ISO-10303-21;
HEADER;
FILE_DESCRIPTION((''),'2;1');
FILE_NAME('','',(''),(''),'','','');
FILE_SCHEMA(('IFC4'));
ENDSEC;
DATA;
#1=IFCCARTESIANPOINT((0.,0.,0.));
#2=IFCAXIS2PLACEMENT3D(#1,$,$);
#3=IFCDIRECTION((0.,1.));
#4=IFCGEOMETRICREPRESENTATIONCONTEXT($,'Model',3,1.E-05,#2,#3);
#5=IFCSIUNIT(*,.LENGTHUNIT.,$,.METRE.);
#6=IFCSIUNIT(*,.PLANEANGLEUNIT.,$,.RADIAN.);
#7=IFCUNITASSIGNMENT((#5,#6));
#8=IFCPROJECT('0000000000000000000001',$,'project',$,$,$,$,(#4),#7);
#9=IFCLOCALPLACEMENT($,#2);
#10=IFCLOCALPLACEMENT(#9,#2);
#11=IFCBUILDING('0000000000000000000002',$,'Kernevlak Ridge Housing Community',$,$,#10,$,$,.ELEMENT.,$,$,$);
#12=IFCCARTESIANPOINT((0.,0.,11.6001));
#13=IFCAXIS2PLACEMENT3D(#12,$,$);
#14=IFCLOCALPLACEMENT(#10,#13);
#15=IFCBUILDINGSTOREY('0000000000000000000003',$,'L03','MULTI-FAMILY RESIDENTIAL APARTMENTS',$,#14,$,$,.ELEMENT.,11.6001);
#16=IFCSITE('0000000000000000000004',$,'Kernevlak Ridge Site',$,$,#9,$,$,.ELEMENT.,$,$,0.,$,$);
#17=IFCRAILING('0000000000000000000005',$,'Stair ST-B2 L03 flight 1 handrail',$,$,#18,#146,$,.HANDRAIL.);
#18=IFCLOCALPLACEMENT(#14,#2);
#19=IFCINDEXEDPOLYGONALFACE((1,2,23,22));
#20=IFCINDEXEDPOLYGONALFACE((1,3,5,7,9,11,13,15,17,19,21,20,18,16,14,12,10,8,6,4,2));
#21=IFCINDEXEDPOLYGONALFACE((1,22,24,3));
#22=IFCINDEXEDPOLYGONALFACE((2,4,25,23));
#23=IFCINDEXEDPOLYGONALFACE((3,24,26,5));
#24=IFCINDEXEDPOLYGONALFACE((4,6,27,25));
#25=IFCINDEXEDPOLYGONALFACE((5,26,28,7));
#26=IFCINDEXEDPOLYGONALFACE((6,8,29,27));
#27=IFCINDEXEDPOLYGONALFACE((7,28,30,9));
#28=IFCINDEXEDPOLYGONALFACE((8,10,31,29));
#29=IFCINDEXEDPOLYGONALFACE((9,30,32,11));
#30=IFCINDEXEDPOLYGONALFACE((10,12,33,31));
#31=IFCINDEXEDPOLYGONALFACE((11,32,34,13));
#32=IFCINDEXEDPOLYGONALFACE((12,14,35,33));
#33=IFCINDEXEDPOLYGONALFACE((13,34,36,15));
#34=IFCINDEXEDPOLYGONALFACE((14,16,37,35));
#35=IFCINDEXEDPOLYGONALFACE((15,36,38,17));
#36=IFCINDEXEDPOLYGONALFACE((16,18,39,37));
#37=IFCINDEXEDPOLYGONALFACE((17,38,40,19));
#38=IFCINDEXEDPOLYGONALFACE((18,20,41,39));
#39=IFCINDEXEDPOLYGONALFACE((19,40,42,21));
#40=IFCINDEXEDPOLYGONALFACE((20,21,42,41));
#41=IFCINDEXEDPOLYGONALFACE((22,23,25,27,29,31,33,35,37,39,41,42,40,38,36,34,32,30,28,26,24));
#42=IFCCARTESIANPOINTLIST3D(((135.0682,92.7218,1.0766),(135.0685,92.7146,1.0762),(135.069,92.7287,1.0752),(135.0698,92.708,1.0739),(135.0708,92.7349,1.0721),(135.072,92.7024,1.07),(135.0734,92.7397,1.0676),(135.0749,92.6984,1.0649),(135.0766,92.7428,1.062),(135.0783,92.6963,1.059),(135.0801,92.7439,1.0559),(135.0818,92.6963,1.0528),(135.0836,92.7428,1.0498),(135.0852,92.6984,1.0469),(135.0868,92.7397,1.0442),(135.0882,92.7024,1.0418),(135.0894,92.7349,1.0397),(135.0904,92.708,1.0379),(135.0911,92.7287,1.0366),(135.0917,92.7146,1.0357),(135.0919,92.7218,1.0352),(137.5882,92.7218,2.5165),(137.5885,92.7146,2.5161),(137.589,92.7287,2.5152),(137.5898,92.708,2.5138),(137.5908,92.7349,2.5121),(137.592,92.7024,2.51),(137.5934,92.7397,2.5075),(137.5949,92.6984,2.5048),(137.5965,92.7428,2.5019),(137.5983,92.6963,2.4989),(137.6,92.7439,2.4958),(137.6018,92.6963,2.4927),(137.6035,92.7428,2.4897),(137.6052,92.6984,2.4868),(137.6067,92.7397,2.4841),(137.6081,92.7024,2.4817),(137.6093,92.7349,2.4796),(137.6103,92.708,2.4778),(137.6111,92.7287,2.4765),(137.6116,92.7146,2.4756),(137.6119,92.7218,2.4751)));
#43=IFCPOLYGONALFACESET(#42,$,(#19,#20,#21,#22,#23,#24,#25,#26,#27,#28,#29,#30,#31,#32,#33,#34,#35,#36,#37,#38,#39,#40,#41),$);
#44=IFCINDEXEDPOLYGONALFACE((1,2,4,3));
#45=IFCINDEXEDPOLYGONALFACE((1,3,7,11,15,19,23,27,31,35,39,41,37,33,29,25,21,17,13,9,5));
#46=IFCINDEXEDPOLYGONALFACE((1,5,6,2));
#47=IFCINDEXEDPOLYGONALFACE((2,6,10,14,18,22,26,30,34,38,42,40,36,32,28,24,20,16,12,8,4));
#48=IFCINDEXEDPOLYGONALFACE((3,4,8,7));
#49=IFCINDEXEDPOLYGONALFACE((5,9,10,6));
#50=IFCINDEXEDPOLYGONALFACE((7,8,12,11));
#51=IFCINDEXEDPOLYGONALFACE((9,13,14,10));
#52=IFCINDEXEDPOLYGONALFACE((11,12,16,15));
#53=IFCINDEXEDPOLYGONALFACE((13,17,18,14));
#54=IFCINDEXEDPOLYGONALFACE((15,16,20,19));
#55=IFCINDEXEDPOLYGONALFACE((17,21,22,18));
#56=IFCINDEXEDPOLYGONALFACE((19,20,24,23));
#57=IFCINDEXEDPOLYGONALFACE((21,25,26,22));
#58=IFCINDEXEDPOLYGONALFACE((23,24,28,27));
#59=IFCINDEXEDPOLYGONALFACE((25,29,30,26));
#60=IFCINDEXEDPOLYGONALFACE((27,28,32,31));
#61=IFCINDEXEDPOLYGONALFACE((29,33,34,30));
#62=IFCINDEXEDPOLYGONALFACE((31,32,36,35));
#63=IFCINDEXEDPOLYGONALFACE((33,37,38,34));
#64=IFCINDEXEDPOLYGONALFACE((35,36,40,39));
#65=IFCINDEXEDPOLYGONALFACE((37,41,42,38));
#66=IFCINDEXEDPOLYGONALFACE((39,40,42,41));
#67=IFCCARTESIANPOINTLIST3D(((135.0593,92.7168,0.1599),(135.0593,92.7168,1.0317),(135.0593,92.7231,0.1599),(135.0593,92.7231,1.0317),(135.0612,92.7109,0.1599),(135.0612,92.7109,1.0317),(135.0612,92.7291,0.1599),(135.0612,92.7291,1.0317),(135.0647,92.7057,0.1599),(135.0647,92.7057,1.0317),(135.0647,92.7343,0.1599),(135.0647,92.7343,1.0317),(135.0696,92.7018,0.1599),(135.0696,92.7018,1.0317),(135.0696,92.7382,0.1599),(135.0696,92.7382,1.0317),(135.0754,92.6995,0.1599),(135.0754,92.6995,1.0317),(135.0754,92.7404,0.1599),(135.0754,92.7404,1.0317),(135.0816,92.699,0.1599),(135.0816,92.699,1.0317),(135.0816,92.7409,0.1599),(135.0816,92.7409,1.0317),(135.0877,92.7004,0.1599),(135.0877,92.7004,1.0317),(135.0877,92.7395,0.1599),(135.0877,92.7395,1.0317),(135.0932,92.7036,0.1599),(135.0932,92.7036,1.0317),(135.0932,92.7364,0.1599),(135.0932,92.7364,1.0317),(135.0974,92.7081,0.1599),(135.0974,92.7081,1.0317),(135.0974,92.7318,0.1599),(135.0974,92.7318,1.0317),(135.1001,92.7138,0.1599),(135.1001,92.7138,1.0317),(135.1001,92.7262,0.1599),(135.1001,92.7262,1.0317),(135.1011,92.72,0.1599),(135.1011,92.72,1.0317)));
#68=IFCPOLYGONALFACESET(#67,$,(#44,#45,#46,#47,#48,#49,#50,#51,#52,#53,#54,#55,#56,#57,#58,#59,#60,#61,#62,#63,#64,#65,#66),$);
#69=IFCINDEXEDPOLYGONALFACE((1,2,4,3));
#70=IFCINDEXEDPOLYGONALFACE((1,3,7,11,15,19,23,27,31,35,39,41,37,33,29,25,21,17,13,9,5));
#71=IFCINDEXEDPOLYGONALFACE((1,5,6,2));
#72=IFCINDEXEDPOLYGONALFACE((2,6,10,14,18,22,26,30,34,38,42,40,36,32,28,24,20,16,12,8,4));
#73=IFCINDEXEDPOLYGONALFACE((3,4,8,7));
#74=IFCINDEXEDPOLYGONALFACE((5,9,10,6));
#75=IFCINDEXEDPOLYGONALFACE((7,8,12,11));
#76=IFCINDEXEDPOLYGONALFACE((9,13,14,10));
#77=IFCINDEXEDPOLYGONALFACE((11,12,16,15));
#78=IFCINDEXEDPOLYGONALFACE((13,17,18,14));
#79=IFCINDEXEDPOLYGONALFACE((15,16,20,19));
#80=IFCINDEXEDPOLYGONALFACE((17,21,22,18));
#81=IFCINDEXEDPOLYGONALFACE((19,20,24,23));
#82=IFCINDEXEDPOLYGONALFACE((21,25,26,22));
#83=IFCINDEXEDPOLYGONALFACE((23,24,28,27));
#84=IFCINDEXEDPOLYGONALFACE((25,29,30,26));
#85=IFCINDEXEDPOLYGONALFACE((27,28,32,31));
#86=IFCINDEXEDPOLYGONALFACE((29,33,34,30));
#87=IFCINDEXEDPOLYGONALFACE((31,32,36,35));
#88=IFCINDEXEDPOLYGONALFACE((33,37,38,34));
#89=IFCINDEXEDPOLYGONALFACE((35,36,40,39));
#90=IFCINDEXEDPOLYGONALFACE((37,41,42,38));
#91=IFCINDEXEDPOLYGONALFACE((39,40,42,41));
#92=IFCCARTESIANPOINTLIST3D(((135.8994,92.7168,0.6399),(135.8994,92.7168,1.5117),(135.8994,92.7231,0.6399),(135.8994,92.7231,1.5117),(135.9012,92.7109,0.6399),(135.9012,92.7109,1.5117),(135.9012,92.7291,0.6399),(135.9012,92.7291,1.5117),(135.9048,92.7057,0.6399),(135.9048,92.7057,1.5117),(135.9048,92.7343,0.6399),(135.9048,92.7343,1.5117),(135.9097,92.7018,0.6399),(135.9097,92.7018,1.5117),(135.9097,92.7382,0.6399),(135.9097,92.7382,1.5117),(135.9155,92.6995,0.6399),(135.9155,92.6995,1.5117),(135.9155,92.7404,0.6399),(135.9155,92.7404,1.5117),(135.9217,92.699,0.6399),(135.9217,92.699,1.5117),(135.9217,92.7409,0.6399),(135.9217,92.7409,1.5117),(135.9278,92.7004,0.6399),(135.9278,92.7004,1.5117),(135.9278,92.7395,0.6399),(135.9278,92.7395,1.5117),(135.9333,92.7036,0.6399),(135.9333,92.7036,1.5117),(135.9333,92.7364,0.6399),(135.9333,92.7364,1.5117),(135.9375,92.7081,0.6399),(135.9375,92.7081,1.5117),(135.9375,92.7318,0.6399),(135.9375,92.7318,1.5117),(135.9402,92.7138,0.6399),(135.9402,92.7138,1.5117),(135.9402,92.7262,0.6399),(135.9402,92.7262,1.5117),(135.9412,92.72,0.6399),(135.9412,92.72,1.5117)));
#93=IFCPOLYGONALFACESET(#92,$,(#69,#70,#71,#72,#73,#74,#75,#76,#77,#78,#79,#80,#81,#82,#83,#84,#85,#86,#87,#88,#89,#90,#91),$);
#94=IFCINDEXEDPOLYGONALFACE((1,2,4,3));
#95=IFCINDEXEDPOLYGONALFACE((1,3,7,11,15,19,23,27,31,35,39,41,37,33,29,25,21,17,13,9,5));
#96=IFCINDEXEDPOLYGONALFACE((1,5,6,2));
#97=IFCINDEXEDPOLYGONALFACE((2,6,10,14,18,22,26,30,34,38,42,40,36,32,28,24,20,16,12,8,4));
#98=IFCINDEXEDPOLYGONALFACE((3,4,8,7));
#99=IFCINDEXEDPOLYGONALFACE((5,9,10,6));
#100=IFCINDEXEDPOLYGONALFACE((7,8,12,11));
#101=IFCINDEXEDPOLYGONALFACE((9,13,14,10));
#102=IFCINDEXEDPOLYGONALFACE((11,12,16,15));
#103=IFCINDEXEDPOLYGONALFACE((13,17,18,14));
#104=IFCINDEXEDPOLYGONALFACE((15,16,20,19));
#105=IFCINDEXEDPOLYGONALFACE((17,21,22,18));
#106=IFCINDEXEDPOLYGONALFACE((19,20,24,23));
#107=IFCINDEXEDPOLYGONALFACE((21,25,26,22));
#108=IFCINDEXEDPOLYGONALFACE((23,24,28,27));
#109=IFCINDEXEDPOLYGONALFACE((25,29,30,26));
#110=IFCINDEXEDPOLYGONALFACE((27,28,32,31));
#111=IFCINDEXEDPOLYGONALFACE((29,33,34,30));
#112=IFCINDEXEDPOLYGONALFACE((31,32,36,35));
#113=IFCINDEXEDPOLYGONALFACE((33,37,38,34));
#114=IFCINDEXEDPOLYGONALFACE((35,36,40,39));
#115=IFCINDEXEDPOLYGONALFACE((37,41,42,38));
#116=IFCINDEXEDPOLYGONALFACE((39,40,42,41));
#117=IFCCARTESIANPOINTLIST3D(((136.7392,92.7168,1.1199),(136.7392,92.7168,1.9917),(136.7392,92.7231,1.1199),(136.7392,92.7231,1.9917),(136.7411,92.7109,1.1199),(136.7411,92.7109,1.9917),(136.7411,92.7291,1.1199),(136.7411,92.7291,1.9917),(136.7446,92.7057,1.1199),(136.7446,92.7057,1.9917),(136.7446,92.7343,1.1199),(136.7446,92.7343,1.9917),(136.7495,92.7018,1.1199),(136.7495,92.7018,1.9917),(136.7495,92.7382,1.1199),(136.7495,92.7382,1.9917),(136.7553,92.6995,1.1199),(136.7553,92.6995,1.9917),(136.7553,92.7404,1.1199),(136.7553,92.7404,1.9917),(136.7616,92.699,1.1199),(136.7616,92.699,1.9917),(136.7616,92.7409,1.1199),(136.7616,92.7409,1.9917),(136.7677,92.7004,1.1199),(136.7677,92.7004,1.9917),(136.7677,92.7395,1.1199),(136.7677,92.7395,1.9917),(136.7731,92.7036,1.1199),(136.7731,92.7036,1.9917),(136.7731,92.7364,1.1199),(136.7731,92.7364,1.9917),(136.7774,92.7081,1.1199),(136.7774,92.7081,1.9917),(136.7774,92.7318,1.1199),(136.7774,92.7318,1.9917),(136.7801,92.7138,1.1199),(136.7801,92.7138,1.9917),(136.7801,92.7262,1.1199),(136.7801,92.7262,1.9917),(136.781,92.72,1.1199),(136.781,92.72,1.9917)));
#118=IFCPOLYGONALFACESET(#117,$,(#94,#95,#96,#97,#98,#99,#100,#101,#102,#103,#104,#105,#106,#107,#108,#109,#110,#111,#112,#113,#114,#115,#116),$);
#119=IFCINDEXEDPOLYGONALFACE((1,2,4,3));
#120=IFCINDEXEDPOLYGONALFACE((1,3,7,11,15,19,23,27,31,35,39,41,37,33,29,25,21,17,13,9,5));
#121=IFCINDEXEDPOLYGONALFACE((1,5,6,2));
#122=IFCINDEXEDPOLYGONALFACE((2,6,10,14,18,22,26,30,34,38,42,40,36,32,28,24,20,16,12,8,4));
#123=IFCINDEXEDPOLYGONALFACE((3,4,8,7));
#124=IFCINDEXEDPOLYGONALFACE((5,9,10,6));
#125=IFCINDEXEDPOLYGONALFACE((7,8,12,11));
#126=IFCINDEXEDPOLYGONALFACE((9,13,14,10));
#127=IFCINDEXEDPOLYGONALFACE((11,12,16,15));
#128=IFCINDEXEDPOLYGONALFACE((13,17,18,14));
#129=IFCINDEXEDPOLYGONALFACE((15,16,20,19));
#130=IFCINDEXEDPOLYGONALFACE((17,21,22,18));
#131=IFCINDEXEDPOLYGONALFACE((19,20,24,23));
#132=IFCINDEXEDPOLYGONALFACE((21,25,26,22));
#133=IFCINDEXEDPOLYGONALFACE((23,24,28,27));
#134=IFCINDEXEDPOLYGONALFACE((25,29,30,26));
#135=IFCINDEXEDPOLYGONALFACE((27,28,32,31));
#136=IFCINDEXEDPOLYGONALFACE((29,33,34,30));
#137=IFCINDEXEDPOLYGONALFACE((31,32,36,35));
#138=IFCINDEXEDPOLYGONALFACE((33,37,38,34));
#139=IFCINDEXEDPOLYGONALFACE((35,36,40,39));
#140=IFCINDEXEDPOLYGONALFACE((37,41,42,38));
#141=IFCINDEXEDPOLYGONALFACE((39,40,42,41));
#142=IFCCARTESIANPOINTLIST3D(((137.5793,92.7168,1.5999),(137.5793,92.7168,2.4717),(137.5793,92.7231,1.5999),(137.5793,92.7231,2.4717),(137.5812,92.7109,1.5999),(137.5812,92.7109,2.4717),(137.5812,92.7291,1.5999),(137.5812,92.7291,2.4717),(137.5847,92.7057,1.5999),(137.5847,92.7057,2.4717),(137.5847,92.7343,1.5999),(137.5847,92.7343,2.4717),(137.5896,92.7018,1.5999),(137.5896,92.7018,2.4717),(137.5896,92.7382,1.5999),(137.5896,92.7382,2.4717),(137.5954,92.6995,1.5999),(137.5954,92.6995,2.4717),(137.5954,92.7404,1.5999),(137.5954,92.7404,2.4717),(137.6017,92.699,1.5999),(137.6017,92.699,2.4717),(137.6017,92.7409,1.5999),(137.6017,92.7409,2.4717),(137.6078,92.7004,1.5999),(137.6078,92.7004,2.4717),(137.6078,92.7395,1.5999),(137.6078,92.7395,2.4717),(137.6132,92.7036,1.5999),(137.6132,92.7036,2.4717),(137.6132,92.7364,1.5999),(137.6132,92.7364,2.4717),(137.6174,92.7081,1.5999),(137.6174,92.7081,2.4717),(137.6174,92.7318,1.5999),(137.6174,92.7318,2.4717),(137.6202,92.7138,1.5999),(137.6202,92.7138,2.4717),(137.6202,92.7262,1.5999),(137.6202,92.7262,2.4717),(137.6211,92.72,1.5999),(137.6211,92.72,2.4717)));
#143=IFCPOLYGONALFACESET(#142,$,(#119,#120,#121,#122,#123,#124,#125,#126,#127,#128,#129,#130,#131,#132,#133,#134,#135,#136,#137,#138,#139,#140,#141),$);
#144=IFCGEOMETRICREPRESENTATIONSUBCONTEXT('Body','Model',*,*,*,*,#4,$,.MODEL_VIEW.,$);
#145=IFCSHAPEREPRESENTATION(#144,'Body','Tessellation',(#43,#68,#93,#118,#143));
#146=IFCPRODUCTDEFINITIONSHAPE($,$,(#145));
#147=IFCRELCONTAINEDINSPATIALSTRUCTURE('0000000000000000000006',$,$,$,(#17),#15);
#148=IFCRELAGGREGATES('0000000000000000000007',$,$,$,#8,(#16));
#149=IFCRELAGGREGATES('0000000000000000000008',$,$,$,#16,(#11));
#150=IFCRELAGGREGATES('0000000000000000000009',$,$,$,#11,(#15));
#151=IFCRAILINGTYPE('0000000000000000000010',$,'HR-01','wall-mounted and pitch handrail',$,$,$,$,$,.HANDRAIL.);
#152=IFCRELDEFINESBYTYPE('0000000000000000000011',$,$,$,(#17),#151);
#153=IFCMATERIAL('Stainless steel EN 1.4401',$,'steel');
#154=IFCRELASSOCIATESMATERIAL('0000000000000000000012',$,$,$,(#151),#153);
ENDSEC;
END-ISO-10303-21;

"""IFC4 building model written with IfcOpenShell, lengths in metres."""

from ifc_helpers import new_model, si_unit, direction, frame, origin, origin_2d, place, context, subcontext, project, spatial, circle, extrude, material, type_object, element, save


model = new_model("IFC4")

# Units and contexts
model_context = context("Model", 3, precision=1e-05, world=origin(), true_north=direction((0.0, 1.0)))
body_context = subcontext(model_context, "Body", "Model", "MODEL_VIEW")
ifc_project = project(units=[si_unit("LENGTHUNIT", "METRE"), si_unit("PLANEANGLEUNIT", "RADIAN")], contexts=[model_context])

# Site, building, storey
site_placement = place(None, origin())
site = spatial("IfcSite", under=ifc_project, at=site_placement, Name="Kernevlak Ridge Site", CompositionType="ELEMENT", RefElevation=0.0)
building_placement = place(site_placement, origin())
building = spatial("IfcBuilding", under=site, at=building_placement, Name="Kernevlak Ridge Housing Community", CompositionType="ELEMENT")
storey_placement = place(building_placement, frame((0.0, 0.0, 11.6001)))
storey = spatial("IfcBuildingStorey", under=building, at=storey_placement, Name="L03", Description="MULTI-FAMILY RESIDENTIAL APARTMENTS", CompositionType="ELEMENT", Elevation=11.6001)

# Railing
ifc_material_1 = material(Name="Stainless steel EN 1.4401", Category="steel")
railing_type_1 = type_object("IfcRailingType", Name="HR-01", Description="wall-mounted and pitch handrail", PredefinedType="HANDRAIL", material=ifc_material_1)
railing_1_placement = place(storey_placement, frame((135.0801, 92.72, 0.1599)))
element("IfcRailing", 1, at=railing_1_placement, inside=storey, type_object=railing_type_1, Name="Stair ST-B2 L03 flight 1 handrail", PredefinedType="HANDRAIL", context=body_context, shape_type="SweptSolid", body=[
    extrude(circle(Radius=0.0239, at=origin_2d()), frame((0.0, 0.0, 0.896), z_axis=(0.868253, 0.0, 0.496121), x_axis=(0.0, 1.0, 0.0)), (0.0, 0.0, 1.0), 2.9023),
    extrude(circle(Radius=0.021, at=origin_2d()), origin(), (0.0, 0.0, 1.0), 0.8718),
    extrude(circle(Radius=0.021, at=origin_2d()), frame((0.8401, 0.0, 0.48)), (0.0, 0.0, 1.0), 0.8718),
    extrude(circle(Radius=0.021, at=origin_2d()), frame((1.6799, 0.0, 0.96)), (0.0, 0.0, 1.0), 0.8718),
    extrude(circle(Radius=0.021, at=origin_2d()), frame((2.52, 0.0, 1.4399)), (0.0, 0.0, 1.0), 0.8718),
])

save(model, "model.ifc")
